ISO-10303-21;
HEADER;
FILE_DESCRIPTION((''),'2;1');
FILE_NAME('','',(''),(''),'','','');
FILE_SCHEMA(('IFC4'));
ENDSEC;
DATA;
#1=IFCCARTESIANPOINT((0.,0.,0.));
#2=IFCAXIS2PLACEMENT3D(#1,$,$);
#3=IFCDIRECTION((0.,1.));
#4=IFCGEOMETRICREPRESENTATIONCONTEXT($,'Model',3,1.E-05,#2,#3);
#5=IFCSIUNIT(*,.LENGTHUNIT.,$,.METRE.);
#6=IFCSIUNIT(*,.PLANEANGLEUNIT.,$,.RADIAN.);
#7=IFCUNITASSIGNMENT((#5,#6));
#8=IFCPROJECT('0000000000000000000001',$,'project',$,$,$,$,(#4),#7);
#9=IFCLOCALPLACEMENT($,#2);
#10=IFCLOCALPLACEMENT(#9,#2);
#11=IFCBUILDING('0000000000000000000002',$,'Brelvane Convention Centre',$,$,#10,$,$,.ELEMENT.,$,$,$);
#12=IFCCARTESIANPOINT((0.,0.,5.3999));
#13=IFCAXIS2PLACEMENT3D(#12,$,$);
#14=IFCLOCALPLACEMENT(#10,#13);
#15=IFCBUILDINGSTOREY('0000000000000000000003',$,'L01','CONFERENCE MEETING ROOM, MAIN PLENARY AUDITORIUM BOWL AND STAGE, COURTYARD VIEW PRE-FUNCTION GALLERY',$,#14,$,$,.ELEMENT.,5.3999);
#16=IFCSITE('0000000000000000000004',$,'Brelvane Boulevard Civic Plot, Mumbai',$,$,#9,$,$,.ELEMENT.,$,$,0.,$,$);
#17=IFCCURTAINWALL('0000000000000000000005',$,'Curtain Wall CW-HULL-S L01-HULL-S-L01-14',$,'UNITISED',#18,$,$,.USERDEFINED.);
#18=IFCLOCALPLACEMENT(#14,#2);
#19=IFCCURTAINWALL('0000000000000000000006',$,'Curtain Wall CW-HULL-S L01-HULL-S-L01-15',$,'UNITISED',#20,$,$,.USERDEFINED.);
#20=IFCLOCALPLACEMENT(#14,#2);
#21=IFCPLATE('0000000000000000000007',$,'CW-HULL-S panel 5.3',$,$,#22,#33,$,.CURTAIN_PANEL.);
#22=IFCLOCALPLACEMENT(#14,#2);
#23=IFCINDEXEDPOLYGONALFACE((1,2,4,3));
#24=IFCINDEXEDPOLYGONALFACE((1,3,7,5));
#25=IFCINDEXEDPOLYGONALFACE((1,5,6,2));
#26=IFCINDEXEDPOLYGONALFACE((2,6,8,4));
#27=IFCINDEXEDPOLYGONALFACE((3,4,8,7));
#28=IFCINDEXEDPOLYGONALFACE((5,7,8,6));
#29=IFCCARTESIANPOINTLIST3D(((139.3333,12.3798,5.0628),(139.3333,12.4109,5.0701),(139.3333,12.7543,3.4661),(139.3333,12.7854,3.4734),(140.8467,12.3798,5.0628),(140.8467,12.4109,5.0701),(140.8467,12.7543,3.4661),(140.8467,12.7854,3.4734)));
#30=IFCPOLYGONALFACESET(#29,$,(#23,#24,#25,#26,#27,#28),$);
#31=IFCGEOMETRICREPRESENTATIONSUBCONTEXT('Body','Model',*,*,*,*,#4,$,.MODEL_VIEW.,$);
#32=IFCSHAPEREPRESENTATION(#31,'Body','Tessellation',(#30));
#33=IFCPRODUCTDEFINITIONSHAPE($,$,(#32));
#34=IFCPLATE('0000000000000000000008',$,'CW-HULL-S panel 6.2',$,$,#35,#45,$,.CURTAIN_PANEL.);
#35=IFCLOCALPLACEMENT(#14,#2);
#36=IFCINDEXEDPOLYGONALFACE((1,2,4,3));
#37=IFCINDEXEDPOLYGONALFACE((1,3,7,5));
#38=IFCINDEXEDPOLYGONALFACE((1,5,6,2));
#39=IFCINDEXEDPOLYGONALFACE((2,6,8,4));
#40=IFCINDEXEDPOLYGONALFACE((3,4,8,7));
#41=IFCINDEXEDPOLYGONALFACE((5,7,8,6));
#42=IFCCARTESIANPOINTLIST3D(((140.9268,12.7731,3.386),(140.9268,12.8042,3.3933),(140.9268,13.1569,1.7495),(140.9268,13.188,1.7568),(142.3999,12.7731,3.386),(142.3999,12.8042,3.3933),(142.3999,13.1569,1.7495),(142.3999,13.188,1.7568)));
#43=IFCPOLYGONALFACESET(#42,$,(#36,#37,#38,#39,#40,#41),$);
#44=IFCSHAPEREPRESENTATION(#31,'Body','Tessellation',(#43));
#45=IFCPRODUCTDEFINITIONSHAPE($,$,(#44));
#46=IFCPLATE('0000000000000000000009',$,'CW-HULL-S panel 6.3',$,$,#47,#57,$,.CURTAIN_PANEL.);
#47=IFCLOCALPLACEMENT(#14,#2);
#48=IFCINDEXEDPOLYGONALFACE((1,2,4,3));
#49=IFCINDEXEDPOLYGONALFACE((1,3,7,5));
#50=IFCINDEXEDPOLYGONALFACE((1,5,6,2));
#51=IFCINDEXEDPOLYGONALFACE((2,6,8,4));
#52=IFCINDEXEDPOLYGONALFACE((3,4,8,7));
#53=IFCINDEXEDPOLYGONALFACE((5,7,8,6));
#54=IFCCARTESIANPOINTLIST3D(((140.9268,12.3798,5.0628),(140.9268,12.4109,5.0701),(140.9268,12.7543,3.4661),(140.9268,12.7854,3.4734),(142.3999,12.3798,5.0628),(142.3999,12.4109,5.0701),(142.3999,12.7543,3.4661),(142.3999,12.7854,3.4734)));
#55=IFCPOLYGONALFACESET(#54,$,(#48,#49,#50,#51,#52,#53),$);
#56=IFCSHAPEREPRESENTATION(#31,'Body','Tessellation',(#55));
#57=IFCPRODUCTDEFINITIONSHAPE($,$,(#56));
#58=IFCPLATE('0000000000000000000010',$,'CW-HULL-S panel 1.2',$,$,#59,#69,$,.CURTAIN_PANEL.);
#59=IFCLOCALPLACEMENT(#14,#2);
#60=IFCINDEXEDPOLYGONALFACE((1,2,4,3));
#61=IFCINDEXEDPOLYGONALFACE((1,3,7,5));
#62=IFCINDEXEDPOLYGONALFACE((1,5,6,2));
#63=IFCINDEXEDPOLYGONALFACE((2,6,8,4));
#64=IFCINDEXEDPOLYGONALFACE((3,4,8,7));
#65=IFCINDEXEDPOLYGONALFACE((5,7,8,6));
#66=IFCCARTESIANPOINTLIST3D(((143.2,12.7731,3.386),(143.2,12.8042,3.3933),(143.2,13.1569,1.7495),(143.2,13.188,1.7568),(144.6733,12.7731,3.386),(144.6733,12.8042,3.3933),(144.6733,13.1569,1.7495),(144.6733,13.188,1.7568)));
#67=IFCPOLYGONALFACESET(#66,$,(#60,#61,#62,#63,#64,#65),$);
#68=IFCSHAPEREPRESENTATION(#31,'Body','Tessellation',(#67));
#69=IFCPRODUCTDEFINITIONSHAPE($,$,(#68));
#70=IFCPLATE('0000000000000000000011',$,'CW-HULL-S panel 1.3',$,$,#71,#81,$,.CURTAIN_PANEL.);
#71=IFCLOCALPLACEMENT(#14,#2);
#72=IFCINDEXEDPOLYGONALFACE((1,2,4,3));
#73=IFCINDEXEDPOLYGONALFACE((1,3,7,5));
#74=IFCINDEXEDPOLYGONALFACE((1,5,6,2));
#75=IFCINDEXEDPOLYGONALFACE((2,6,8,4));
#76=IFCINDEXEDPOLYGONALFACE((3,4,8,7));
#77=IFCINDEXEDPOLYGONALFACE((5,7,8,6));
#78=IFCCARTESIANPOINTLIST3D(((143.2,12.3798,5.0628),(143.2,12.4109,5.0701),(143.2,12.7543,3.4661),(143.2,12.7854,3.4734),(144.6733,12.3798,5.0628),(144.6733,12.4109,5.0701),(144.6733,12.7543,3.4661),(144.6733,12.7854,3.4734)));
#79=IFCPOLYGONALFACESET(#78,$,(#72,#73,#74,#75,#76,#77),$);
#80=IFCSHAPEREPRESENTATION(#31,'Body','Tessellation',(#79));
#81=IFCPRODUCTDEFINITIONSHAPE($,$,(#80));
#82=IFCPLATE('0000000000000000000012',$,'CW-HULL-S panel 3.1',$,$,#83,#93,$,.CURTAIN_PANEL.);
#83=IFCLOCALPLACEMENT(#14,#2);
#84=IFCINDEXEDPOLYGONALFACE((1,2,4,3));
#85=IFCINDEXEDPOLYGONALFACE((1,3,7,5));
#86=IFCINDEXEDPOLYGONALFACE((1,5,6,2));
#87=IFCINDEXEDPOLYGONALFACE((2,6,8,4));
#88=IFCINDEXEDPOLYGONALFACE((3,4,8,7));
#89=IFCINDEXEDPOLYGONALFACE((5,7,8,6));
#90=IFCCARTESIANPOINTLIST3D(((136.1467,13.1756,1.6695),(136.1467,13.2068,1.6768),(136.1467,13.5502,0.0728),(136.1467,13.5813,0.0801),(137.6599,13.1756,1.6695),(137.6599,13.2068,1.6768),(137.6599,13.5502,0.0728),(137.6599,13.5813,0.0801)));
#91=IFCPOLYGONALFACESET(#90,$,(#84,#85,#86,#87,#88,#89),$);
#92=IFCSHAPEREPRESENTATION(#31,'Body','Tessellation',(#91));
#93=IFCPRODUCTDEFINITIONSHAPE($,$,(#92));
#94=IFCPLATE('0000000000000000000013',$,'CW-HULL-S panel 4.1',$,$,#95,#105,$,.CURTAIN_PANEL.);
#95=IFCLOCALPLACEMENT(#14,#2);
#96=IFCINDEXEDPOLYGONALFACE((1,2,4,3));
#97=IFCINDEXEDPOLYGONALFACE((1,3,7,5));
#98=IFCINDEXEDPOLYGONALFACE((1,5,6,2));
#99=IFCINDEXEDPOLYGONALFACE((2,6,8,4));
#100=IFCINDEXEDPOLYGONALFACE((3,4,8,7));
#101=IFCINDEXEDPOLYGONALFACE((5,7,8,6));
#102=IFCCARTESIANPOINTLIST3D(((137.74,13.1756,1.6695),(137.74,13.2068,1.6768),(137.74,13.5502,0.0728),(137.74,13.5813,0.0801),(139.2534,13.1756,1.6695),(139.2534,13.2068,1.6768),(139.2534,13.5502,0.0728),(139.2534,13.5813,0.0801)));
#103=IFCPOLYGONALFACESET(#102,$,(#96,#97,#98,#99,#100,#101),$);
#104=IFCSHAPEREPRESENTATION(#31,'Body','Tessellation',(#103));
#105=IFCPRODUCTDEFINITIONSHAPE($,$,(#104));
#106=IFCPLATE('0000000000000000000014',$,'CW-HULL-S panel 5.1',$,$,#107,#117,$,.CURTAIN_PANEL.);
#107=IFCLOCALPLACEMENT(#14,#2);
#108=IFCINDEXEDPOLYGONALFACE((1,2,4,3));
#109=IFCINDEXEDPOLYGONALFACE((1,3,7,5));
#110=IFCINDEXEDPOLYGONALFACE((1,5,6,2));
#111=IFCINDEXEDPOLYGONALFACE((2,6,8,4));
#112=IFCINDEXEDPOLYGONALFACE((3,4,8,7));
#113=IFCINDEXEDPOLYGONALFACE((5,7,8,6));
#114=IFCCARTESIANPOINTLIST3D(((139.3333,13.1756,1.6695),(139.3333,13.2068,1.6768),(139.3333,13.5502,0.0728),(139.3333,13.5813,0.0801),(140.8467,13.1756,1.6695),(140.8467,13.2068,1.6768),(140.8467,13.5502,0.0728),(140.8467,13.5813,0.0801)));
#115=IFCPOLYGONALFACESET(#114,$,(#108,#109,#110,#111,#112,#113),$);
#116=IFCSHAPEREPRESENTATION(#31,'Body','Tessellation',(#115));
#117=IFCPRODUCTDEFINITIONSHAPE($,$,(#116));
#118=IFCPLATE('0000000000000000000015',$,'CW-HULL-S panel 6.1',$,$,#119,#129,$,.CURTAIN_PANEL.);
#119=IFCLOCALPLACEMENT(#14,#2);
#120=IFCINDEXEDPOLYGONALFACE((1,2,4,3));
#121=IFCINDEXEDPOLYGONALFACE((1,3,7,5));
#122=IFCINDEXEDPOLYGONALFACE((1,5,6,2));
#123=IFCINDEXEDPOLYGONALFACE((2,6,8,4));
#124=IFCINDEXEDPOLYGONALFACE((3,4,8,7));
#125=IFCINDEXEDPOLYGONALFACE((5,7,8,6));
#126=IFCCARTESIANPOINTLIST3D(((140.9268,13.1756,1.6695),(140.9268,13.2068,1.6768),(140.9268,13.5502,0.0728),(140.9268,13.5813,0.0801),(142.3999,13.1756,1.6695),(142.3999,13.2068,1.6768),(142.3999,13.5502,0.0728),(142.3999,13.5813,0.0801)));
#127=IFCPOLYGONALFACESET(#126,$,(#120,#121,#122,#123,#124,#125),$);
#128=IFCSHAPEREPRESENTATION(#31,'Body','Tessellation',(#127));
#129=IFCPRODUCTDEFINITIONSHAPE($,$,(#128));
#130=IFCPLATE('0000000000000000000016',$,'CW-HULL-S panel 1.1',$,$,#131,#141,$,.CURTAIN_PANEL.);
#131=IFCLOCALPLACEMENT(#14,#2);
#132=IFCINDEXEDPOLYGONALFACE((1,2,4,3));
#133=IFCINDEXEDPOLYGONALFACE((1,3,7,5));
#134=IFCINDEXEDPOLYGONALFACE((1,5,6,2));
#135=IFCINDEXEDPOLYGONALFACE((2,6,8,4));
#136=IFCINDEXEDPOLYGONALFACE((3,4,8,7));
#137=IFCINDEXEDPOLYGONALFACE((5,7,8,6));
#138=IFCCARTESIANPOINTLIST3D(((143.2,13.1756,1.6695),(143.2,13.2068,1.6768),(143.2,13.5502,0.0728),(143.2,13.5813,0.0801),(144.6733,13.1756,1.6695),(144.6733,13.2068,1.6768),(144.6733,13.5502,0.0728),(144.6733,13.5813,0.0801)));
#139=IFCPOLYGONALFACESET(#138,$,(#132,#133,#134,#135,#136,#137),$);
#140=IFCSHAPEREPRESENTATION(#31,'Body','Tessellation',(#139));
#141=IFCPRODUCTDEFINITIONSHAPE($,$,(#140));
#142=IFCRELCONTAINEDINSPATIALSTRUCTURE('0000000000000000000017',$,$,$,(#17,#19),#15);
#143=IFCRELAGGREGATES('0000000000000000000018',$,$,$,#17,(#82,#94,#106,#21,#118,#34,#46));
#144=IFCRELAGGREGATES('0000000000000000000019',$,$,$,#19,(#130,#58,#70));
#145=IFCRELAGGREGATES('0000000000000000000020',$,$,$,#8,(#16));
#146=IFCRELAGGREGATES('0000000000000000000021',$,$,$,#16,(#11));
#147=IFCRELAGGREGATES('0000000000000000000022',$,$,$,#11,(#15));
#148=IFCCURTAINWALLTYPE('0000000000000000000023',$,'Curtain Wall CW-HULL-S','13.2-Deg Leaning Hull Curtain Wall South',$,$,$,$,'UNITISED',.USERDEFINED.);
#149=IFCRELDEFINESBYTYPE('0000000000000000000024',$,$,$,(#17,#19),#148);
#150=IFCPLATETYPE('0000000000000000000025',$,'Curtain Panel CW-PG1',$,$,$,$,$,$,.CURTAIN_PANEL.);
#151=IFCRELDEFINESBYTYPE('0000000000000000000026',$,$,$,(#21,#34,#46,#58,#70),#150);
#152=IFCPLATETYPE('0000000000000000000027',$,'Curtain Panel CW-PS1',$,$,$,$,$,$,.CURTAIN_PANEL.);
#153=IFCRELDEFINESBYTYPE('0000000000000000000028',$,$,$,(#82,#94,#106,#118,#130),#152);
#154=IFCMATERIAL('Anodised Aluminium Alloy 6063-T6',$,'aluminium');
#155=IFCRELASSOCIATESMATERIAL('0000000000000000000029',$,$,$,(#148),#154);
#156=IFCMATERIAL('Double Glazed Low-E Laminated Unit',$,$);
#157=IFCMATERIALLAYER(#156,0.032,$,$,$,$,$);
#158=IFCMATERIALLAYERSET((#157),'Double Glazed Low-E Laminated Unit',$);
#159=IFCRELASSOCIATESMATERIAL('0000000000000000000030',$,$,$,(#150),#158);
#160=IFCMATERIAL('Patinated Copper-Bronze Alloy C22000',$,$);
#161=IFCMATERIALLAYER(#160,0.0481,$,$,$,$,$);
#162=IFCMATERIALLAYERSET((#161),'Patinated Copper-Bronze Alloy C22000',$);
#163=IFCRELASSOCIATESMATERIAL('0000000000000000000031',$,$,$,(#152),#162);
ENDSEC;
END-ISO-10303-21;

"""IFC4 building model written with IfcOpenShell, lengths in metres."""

from ifc_helpers import new_model, si_unit, direction, frame, origin, place, context, subcontext, project, spatial, polyline, outline, extrude, material, layer, layer_set, type_object, element, aggregate, save


model = new_model("IFC4")

# Units and contexts
model_context = context("Model", 3, precision=1e-05, world=origin(), true_north=direction((0.0, 1.0)))
body_context = subcontext(model_context, "Body", "Model", "MODEL_VIEW")
ifc_project = project(units=[si_unit("LENGTHUNIT", "METRE"), si_unit("PLANEANGLEUNIT", "RADIAN")], contexts=[model_context])

# Site, building, storey
site_placement = place(None, origin())
site = spatial("IfcSite", under=ifc_project, at=site_placement, Name="Brelvane Boulevard Civic Plot, Mumbai", CompositionType="ELEMENT", RefElevation=0.0)
building_placement = place(site_placement, origin())
building = spatial("IfcBuilding", under=site, at=building_placement, Name="Brelvane Convention Centre", CompositionType="ELEMENT")
storey_placement = place(building_placement, frame((0.0, 0.0, 5.3999)))
storey = spatial("IfcBuildingStorey", under=building, at=storey_placement, Name="L01", Description="CONFERENCE MEETING ROOM, MAIN PLENARY AUDITORIUM BOWL AND STAGE, COURTYARD VIEW PRE-FUNCTION GALLERY", CompositionType="ELEMENT", Elevation=5.3999)

# Curtain walls
ifc_material_1 = material(Name="Anodised Aluminium Alloy 6063-T6", Category="aluminium")
curtain_wall_type = type_object("IfcCurtainWallType", Name="Curtain Wall CW-HULL-S", Description="13.2-Deg Leaning Hull Curtain Wall South", ElementType="UNITISED", PredefinedType="USERDEFINED", material=ifc_material_1)
curtain_wall_1_placement = place(storey_placement, origin())
curtain_wall_1 = element("IfcCurtainWall", 1, at=curtain_wall_1_placement, inside=storey, type_object=curtain_wall_type, Name="Curtain Wall CW-HULL-S L01-HULL-S-L01-14", ObjectType="UNITISED", PredefinedType="USERDEFINED")
curtain_wall_2_placement = place(storey_placement, origin())
curtain_wall_2 = element("IfcCurtainWall", 2, at=curtain_wall_2_placement, inside=storey, type_object=curtain_wall_type, Name="Curtain Wall CW-HULL-S L01-HULL-S-L01-15", ObjectType="UNITISED", PredefinedType="USERDEFINED")

# Plates
ifc_material_2 = material(Name="Double Glazed Low-E Laminated Unit")
ifc_layer_1 = layer(ifc_material_2, 0.032)
ifc_layer_set_1 = layer_set([ifc_layer_1], Name="Double Glazed Low-E Laminated Unit")
plate_type_1 = type_object("IfcPlateType", Name="Curtain Panel CW-PG1", PredefinedType="CURTAIN_PANEL", material=ifc_layer_set_1)
plate_1_placement = place(storey_placement, frame((139.3333, 12.7854, 3.4734), z_axis=(0.0, 0.973577, 0.228359), x_axis=(1.0, 0.0, 0.0)))
plate_1 = element("IfcPlate", 3, at=plate_1_placement, type_object=plate_type_1, Name="CW-HULL-S panel 5.3", PredefinedType="CURTAIN_PANEL", context=body_context, shape_type="SweptSolid", body=[
    extrude(outline(polyline([(0.0, 0.0), (1.5134, 0.0), (1.5134, -1.64), (0.0, -1.64), (0.0, 0.0)])), origin(), (0.0, 0.0, -1.0), 0.032),
])
plate_2_placement = place(storey_placement, frame((140.9268, 13.188, 1.7568), z_axis=(0.0, 0.973585, 0.228327), x_axis=(1.0, 0.0, 0.0)))
plate_2 = element("IfcPlate", 4, at=plate_2_placement, type_object=plate_type_1, Name="CW-HULL-S panel 6.2", PredefinedType="CURTAIN_PANEL", context=body_context, shape_type="SweptSolid", body=[
    extrude(outline(polyline([(0.0, 0.0), (1.4731, 0.0), (1.4731, -1.6809), (0.0, -1.6809), (0.0, 0.0)])), origin(), (0.0, 0.0, -1.0), 0.032),
])
plate_3_placement = place(storey_placement, frame((140.9268, 12.7854, 3.4734), z_axis=(0.0, 0.973577, 0.228359), x_axis=(1.0, 0.0, 0.0)))
plate_3 = element("IfcPlate", 5, at=plate_3_placement, type_object=plate_type_1, Name="CW-HULL-S panel 6.3", PredefinedType="CURTAIN_PANEL", context=body_context, shape_type="SweptSolid", body=[
    extrude(outline(polyline([(0.0, 0.0), (1.4731, 0.0), (1.4731, -1.64), (0.0, -1.64), (0.0, 0.0)])), origin(), (0.0, 0.0, -1.0), 0.032),
])
plate_4_placement = place(storey_placement, frame((143.2, 13.188, 1.7568), z_axis=(0.0, 0.973585, 0.228327), x_axis=(1.0, 0.0, 0.0)))
plate_4 = element("IfcPlate", 6, at=plate_4_placement, type_object=plate_type_1, Name="CW-HULL-S panel 1.2", PredefinedType="CURTAIN_PANEL", context=body_context, shape_type="SweptSolid", body=[
    extrude(outline(polyline([(0.0, 0.0), (1.4734, 0.0), (1.4734, -1.6809), (0.0, -1.6809), (0.0, 0.0)])), origin(), (0.0, 0.0, -1.0), 0.032),
])
plate_5_placement = place(storey_placement, frame((143.2, 12.7854, 3.4734), z_axis=(0.0, 0.973577, 0.228359), x_axis=(1.0, 0.0, 0.0)))
plate_5 = element("IfcPlate", 7, at=plate_5_placement, type_object=plate_type_1, Name="CW-HULL-S panel 1.3", PredefinedType="CURTAIN_PANEL", context=body_context, shape_type="SweptSolid", body=[
    extrude(outline(polyline([(0.0, 0.0), (1.4734, 0.0), (1.4734, -1.64), (0.0, -1.64), (0.0, 0.0)])), origin(), (0.0, 0.0, -1.0), 0.032),
])
ifc_material_3 = material(Name="Patinated Copper-Bronze Alloy C22000")
ifc_layer_2 = layer(ifc_material_3, 0.0481)
ifc_layer_set_2 = layer_set([ifc_layer_2], Name="Patinated Copper-Bronze Alloy C22000")
plate_type_2 = type_object("IfcPlateType", Name="Curtain Panel CW-PS1", PredefinedType="CURTAIN_PANEL", material=ifc_layer_set_2)
plate_6_placement = place(storey_placement, frame((136.1467, 13.5813, 0.0801), z_axis=(0.0, 0.973577, 0.228359), x_axis=(1.0, 0.0, 0.0)))
plate_6 = element("IfcPlate", 8, at=plate_6_placement, type_object=plate_type_2, Name="CW-HULL-S panel 3.1", PredefinedType="CURTAIN_PANEL", context=body_context, shape_type="SweptSolid", body=[
    extrude(outline(polyline([(0.0, 0.0), (1.5132, 0.0), (1.5132, -1.64), (0.0, -1.64), (0.0, 0.0)])), origin(), (0.0, 0.0, -1.0), 0.032),
])
plate_7_placement = place(storey_placement, frame((137.74, 13.5813, 0.0801), z_axis=(0.0, 0.973577, 0.228359), x_axis=(1.0, 0.0, 0.0)))
plate_7 = element("IfcPlate", 9, at=plate_7_placement, type_object=plate_type_2, Name="CW-HULL-S panel 4.1", PredefinedType="CURTAIN_PANEL", context=body_context, shape_type="SweptSolid", body=[
    extrude(outline(polyline([(0.0, 0.0), (1.5134, 0.0), (1.5134, -1.64), (0.0, -1.64), (0.0, 0.0)])), origin(), (0.0, 0.0, -1.0), 0.032),
])
plate_8_placement = place(storey_placement, frame((139.3333, 13.5813, 0.0801), z_axis=(0.0, 0.973577, 0.228359), x_axis=(1.0, 0.0, 0.0)))
plate_8 = element("IfcPlate", 10, at=plate_8_placement, type_object=plate_type_2, Name="CW-HULL-S panel 5.1", PredefinedType="CURTAIN_PANEL", context=body_context, shape_type="SweptSolid", body=[
    extrude(outline(polyline([(0.0, 0.0), (1.5134, 0.0), (1.5134, -1.64), (0.0, -1.64), (0.0, 0.0)])), origin(), (0.0, 0.0, -1.0), 0.032),
])
plate_9_placement = place(storey_placement, frame((140.9268, 13.5813, 0.0801), z_axis=(0.0, 0.973577, 0.228359), x_axis=(1.0, 0.0, 0.0)))
plate_9 = element("IfcPlate", 11, at=plate_9_placement, type_object=plate_type_2, Name="CW-HULL-S panel 6.1", PredefinedType="CURTAIN_PANEL", context=body_context, shape_type="SweptSolid", body=[
    extrude(outline(polyline([(0.0, 0.0), (1.4731, 0.0), (1.4731, -1.64), (0.0, -1.64), (0.0, 0.0)])), origin(), (0.0, 0.0, -1.0), 0.032),
])
aggregate(curtain_wall_1, [plate_6, plate_7, plate_8, plate_1, plate_9, plate_2, plate_3])
plate_10_placement = place(storey_placement, frame((143.2, 13.5813, 0.0801), z_axis=(0.0, 0.973577, 0.228359), x_axis=(1.0, 0.0, 0.0)))
plate_10 = element("IfcPlate", 12, at=plate_10_placement, type_object=plate_type_2, Name="CW-HULL-S panel 1.1", PredefinedType="CURTAIN_PANEL", context=body_context, shape_type="SweptSolid", body=[
    extrude(outline(polyline([(0.0, 0.0), (1.4734, 0.0), (1.4734, -1.64), (0.0, -1.64), (0.0, 0.0)])), origin(), (0.0, 0.0, -1.0), 0.032),
])
aggregate(curtain_wall_2, [plate_10, plate_4, plate_5])

save(model, "model.ifc")
